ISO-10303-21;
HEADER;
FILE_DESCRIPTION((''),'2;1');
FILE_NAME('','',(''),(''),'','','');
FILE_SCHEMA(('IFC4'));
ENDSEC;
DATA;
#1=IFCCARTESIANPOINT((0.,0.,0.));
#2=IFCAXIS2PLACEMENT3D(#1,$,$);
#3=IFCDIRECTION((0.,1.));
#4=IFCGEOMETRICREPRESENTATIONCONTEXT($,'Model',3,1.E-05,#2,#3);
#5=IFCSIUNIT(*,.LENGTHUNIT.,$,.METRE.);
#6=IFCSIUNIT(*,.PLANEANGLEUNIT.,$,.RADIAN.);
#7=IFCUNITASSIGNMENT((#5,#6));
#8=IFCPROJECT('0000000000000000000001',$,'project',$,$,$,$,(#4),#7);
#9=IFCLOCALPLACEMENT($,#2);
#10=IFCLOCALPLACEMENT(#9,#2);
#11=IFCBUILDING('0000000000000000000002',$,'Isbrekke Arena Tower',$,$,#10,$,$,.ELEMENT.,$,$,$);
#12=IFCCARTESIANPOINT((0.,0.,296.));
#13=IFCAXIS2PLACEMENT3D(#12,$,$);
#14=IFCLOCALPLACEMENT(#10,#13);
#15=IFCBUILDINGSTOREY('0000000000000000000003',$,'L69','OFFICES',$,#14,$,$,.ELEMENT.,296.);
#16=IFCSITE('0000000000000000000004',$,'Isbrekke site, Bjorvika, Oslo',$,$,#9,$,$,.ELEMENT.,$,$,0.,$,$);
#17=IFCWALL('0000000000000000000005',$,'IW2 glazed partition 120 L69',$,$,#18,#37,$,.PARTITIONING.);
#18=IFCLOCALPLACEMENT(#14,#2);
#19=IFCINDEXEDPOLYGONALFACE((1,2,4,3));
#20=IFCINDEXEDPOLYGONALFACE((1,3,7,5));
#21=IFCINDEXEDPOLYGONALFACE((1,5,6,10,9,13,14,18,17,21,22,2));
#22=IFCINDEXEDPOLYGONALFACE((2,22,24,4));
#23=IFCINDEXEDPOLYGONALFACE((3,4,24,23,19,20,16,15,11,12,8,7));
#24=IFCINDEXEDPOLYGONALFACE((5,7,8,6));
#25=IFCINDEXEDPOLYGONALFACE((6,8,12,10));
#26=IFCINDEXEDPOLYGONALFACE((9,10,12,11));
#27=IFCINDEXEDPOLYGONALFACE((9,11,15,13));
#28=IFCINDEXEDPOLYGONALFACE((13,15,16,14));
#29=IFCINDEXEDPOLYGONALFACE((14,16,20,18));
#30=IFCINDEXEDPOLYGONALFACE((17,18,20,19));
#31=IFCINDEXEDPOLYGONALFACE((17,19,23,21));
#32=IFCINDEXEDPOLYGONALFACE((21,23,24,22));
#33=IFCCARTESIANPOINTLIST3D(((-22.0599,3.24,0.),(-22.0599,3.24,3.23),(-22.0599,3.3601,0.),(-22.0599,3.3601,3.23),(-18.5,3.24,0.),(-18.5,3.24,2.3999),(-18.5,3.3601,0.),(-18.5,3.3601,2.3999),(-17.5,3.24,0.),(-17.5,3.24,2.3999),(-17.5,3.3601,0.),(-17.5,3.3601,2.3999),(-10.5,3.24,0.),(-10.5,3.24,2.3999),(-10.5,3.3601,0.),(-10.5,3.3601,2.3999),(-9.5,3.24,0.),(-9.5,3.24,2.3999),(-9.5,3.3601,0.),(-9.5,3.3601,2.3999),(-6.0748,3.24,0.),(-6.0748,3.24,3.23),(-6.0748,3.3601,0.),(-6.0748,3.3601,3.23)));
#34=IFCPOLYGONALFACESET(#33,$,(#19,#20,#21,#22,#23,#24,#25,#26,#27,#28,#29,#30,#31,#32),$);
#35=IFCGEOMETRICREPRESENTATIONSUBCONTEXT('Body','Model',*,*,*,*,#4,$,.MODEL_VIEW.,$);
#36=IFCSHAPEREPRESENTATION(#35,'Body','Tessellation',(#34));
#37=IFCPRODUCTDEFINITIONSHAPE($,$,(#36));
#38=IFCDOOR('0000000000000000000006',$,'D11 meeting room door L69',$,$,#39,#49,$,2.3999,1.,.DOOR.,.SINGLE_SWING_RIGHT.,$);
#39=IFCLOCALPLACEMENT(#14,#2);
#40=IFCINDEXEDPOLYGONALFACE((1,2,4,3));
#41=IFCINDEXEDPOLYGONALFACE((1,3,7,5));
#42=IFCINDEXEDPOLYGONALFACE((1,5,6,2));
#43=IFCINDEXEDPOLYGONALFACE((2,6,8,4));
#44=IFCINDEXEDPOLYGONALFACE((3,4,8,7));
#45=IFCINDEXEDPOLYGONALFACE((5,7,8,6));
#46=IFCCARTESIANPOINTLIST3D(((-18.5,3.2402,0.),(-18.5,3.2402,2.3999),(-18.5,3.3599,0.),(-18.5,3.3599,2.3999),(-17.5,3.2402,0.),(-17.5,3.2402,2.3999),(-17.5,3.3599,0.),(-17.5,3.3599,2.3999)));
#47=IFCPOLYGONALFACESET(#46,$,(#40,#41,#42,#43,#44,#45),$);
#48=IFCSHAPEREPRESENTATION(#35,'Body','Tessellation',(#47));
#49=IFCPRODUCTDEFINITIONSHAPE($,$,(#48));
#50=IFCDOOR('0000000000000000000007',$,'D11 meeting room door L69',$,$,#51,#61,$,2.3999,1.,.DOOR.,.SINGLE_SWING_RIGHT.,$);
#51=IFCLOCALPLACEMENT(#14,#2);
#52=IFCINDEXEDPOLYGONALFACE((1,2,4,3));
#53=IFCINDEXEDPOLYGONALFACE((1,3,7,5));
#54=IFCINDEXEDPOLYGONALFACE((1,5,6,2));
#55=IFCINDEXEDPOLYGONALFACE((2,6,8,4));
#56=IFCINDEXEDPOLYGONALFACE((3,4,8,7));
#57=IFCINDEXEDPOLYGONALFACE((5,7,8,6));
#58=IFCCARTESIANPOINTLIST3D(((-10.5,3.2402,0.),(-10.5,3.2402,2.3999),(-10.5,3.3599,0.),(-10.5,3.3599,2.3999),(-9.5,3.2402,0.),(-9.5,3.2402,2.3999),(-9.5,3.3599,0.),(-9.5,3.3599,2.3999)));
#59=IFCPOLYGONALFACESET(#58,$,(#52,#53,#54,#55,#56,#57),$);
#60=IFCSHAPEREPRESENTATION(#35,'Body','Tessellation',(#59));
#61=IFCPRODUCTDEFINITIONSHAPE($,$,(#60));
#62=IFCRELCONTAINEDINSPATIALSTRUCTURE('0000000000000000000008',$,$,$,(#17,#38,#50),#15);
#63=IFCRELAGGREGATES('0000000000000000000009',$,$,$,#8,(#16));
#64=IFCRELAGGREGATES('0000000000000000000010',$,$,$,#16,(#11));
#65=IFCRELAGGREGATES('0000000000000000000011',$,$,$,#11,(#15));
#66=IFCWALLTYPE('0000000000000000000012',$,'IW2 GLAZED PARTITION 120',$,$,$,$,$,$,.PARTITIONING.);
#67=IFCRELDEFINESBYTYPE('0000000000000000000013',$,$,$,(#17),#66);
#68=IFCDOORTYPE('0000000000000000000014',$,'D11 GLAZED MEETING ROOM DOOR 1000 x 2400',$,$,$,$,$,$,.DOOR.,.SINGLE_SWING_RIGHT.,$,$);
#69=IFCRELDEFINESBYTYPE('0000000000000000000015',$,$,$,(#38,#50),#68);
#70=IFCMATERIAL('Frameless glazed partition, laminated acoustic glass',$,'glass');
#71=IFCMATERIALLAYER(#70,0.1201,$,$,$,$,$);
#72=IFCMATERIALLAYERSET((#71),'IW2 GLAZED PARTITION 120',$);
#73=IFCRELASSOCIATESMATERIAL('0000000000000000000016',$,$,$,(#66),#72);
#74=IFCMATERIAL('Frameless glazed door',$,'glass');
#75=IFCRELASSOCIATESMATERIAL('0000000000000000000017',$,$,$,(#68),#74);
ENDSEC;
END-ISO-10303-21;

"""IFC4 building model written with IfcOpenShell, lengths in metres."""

from ifc_helpers import new_model, si_unit, direction, frame, frame_2d, origin, place, context, subcontext, project, spatial, rectangle, extrude, material, layer, layer_set, type_object, element, fill, save


model = new_model("IFC4")

# Units and contexts
model_context = context("Model", 3, precision=1e-05, world=origin(), true_north=direction((0.0, 1.0)))
body_context = subcontext(model_context, "Body", "Model", "MODEL_VIEW")
ifc_project = project(units=[si_unit("LENGTHUNIT", "METRE"), si_unit("PLANEANGLEUNIT", "RADIAN")], contexts=[model_context])

# Site, building, storey
site_placement = place(None, origin())
site = spatial("IfcSite", under=ifc_project, at=site_placement, Name="Isbrekke site, Bjorvika, Oslo", CompositionType="ELEMENT", RefElevation=0.0)
building_placement = place(site_placement, origin())
building = spatial("IfcBuilding", under=site, at=building_placement, Name="Isbrekke Arena Tower", CompositionType="ELEMENT")
storey_placement = place(building_placement, frame((0.0, 0.0, 296.0)))
storey = spatial("IfcBuildingStorey", under=building, at=storey_placement, Name="L69", Description="OFFICES", CompositionType="ELEMENT", Elevation=296.0)

# Wall, openings, doors
ifc_material_1 = material(Name="Frameless glazed partition, laminated acoustic glass", Category="glass")
ifc_layer_1 = layer(ifc_material_1, 0.1201)
ifc_layer_set_1 = layer_set([ifc_layer_1], Name="IW2 GLAZED PARTITION 120")
wall_type = type_object("IfcWallType", Name="IW2 GLAZED PARTITION 120", PredefinedType="PARTITIONING", material=ifc_layer_set_1)
wall_placement = place(storey_placement, frame((-22.0601, 3.3, 0.0), z_axis=(0.0, 0.0, 1.0), x_axis=(1.0, 0.0, 0.0)))
wall = element("IfcWall", 1, at=wall_placement, inside=storey, type_object=wall_type, Name="IW2 glazed partition 120 L69", PredefinedType="PARTITIONING", context=body_context, shape_type="SweptSolid", body=[
    extrude(rectangle(XDim=15.9851, YDim=0.1201, at=frame_2d((7.9927, 0.0))), origin(), (0.0, 0.0, 1.0), 3.23),
])
opening_1_placement = place(wall_placement, frame((3.5601, 0.0, 0.0)))
opening_1 = element("IfcOpeningElement", 2, at=opening_1_placement, cuts=wall, PredefinedType="OPENING", context=body_context, shape_type="SweptSolid", body=[
    extrude(rectangle(XDim=1.0, YDim=2.3999, at=frame_2d((0.5, 1.2))), frame((0.0, 0.075, 0.0), z_axis=(0.0, -1.0, 0.0), x_axis=(1.0, 0.0, 0.0)), (0.0, 0.0, 1.0), 0.1499),
])
opening_2_placement = place(wall_placement, frame((11.5601, 0.0, 0.0)))
opening_2 = element("IfcOpeningElement", 3, at=opening_2_placement, cuts=wall, PredefinedType="OPENING", context=body_context, shape_type="SweptSolid", body=[
    extrude(rectangle(XDim=1.0, YDim=2.3999, at=frame_2d((0.5, 1.2))), frame((0.0, 0.075, 0.0), z_axis=(0.0, -1.0, 0.0), x_axis=(1.0, 0.0, 0.0)), (0.0, 0.0, 1.0), 0.1499),
])
ifc_material_2 = material(Name="Frameless glazed door", Category="glass")
door_type = type_object("IfcDoorType", Name="D11 GLAZED MEETING ROOM DOOR 1000 x 2400", OperationType="SINGLE_SWING_RIGHT", PredefinedType="DOOR", material=ifc_material_2)
door_1_placement = place(opening_1_placement, origin())
door_1 = element("IfcDoor", 4, at=door_1_placement, inside=storey, type_object=door_type, Name="D11 meeting room door L69", OperationType="SINGLE_SWING_RIGHT", OverallHeight=2.3999, OverallWidth=1.0, PredefinedType="DOOR", context=body_context, shape_type="SweptSolid", body=[
    extrude(rectangle(XDim=1.0, YDim=2.3999, at=frame_2d((0.5, 1.2))), frame((0.0, 0.0598, 0.0), z_axis=(0.0, -1.0, 0.0), x_axis=(1.0, 0.0, 0.0)), (0.0, 0.0, 1.0), 0.1196),
])
fill(opening_1, door_1)
door_2_placement = place(opening_2_placement, origin())
door_2 = element("IfcDoor", 5, at=door_2_placement, inside=storey, type_object=door_type, Name="D11 meeting room door L69", OperationType="SINGLE_SWING_RIGHT", OverallHeight=2.3999, OverallWidth=1.0, PredefinedType="DOOR", context=body_context, shape_type="SweptSolid", body=[
    extrude(rectangle(XDim=1.0, YDim=2.3999, at=frame_2d((0.5, 1.2))), frame((0.0, 0.0598, 0.0), z_axis=(0.0, -1.0, 0.0), x_axis=(1.0, 0.0, 0.0)), (0.0, 0.0, 1.0), 0.1196),
])
fill(opening_2, door_2)

save(model, "model.ifc")
